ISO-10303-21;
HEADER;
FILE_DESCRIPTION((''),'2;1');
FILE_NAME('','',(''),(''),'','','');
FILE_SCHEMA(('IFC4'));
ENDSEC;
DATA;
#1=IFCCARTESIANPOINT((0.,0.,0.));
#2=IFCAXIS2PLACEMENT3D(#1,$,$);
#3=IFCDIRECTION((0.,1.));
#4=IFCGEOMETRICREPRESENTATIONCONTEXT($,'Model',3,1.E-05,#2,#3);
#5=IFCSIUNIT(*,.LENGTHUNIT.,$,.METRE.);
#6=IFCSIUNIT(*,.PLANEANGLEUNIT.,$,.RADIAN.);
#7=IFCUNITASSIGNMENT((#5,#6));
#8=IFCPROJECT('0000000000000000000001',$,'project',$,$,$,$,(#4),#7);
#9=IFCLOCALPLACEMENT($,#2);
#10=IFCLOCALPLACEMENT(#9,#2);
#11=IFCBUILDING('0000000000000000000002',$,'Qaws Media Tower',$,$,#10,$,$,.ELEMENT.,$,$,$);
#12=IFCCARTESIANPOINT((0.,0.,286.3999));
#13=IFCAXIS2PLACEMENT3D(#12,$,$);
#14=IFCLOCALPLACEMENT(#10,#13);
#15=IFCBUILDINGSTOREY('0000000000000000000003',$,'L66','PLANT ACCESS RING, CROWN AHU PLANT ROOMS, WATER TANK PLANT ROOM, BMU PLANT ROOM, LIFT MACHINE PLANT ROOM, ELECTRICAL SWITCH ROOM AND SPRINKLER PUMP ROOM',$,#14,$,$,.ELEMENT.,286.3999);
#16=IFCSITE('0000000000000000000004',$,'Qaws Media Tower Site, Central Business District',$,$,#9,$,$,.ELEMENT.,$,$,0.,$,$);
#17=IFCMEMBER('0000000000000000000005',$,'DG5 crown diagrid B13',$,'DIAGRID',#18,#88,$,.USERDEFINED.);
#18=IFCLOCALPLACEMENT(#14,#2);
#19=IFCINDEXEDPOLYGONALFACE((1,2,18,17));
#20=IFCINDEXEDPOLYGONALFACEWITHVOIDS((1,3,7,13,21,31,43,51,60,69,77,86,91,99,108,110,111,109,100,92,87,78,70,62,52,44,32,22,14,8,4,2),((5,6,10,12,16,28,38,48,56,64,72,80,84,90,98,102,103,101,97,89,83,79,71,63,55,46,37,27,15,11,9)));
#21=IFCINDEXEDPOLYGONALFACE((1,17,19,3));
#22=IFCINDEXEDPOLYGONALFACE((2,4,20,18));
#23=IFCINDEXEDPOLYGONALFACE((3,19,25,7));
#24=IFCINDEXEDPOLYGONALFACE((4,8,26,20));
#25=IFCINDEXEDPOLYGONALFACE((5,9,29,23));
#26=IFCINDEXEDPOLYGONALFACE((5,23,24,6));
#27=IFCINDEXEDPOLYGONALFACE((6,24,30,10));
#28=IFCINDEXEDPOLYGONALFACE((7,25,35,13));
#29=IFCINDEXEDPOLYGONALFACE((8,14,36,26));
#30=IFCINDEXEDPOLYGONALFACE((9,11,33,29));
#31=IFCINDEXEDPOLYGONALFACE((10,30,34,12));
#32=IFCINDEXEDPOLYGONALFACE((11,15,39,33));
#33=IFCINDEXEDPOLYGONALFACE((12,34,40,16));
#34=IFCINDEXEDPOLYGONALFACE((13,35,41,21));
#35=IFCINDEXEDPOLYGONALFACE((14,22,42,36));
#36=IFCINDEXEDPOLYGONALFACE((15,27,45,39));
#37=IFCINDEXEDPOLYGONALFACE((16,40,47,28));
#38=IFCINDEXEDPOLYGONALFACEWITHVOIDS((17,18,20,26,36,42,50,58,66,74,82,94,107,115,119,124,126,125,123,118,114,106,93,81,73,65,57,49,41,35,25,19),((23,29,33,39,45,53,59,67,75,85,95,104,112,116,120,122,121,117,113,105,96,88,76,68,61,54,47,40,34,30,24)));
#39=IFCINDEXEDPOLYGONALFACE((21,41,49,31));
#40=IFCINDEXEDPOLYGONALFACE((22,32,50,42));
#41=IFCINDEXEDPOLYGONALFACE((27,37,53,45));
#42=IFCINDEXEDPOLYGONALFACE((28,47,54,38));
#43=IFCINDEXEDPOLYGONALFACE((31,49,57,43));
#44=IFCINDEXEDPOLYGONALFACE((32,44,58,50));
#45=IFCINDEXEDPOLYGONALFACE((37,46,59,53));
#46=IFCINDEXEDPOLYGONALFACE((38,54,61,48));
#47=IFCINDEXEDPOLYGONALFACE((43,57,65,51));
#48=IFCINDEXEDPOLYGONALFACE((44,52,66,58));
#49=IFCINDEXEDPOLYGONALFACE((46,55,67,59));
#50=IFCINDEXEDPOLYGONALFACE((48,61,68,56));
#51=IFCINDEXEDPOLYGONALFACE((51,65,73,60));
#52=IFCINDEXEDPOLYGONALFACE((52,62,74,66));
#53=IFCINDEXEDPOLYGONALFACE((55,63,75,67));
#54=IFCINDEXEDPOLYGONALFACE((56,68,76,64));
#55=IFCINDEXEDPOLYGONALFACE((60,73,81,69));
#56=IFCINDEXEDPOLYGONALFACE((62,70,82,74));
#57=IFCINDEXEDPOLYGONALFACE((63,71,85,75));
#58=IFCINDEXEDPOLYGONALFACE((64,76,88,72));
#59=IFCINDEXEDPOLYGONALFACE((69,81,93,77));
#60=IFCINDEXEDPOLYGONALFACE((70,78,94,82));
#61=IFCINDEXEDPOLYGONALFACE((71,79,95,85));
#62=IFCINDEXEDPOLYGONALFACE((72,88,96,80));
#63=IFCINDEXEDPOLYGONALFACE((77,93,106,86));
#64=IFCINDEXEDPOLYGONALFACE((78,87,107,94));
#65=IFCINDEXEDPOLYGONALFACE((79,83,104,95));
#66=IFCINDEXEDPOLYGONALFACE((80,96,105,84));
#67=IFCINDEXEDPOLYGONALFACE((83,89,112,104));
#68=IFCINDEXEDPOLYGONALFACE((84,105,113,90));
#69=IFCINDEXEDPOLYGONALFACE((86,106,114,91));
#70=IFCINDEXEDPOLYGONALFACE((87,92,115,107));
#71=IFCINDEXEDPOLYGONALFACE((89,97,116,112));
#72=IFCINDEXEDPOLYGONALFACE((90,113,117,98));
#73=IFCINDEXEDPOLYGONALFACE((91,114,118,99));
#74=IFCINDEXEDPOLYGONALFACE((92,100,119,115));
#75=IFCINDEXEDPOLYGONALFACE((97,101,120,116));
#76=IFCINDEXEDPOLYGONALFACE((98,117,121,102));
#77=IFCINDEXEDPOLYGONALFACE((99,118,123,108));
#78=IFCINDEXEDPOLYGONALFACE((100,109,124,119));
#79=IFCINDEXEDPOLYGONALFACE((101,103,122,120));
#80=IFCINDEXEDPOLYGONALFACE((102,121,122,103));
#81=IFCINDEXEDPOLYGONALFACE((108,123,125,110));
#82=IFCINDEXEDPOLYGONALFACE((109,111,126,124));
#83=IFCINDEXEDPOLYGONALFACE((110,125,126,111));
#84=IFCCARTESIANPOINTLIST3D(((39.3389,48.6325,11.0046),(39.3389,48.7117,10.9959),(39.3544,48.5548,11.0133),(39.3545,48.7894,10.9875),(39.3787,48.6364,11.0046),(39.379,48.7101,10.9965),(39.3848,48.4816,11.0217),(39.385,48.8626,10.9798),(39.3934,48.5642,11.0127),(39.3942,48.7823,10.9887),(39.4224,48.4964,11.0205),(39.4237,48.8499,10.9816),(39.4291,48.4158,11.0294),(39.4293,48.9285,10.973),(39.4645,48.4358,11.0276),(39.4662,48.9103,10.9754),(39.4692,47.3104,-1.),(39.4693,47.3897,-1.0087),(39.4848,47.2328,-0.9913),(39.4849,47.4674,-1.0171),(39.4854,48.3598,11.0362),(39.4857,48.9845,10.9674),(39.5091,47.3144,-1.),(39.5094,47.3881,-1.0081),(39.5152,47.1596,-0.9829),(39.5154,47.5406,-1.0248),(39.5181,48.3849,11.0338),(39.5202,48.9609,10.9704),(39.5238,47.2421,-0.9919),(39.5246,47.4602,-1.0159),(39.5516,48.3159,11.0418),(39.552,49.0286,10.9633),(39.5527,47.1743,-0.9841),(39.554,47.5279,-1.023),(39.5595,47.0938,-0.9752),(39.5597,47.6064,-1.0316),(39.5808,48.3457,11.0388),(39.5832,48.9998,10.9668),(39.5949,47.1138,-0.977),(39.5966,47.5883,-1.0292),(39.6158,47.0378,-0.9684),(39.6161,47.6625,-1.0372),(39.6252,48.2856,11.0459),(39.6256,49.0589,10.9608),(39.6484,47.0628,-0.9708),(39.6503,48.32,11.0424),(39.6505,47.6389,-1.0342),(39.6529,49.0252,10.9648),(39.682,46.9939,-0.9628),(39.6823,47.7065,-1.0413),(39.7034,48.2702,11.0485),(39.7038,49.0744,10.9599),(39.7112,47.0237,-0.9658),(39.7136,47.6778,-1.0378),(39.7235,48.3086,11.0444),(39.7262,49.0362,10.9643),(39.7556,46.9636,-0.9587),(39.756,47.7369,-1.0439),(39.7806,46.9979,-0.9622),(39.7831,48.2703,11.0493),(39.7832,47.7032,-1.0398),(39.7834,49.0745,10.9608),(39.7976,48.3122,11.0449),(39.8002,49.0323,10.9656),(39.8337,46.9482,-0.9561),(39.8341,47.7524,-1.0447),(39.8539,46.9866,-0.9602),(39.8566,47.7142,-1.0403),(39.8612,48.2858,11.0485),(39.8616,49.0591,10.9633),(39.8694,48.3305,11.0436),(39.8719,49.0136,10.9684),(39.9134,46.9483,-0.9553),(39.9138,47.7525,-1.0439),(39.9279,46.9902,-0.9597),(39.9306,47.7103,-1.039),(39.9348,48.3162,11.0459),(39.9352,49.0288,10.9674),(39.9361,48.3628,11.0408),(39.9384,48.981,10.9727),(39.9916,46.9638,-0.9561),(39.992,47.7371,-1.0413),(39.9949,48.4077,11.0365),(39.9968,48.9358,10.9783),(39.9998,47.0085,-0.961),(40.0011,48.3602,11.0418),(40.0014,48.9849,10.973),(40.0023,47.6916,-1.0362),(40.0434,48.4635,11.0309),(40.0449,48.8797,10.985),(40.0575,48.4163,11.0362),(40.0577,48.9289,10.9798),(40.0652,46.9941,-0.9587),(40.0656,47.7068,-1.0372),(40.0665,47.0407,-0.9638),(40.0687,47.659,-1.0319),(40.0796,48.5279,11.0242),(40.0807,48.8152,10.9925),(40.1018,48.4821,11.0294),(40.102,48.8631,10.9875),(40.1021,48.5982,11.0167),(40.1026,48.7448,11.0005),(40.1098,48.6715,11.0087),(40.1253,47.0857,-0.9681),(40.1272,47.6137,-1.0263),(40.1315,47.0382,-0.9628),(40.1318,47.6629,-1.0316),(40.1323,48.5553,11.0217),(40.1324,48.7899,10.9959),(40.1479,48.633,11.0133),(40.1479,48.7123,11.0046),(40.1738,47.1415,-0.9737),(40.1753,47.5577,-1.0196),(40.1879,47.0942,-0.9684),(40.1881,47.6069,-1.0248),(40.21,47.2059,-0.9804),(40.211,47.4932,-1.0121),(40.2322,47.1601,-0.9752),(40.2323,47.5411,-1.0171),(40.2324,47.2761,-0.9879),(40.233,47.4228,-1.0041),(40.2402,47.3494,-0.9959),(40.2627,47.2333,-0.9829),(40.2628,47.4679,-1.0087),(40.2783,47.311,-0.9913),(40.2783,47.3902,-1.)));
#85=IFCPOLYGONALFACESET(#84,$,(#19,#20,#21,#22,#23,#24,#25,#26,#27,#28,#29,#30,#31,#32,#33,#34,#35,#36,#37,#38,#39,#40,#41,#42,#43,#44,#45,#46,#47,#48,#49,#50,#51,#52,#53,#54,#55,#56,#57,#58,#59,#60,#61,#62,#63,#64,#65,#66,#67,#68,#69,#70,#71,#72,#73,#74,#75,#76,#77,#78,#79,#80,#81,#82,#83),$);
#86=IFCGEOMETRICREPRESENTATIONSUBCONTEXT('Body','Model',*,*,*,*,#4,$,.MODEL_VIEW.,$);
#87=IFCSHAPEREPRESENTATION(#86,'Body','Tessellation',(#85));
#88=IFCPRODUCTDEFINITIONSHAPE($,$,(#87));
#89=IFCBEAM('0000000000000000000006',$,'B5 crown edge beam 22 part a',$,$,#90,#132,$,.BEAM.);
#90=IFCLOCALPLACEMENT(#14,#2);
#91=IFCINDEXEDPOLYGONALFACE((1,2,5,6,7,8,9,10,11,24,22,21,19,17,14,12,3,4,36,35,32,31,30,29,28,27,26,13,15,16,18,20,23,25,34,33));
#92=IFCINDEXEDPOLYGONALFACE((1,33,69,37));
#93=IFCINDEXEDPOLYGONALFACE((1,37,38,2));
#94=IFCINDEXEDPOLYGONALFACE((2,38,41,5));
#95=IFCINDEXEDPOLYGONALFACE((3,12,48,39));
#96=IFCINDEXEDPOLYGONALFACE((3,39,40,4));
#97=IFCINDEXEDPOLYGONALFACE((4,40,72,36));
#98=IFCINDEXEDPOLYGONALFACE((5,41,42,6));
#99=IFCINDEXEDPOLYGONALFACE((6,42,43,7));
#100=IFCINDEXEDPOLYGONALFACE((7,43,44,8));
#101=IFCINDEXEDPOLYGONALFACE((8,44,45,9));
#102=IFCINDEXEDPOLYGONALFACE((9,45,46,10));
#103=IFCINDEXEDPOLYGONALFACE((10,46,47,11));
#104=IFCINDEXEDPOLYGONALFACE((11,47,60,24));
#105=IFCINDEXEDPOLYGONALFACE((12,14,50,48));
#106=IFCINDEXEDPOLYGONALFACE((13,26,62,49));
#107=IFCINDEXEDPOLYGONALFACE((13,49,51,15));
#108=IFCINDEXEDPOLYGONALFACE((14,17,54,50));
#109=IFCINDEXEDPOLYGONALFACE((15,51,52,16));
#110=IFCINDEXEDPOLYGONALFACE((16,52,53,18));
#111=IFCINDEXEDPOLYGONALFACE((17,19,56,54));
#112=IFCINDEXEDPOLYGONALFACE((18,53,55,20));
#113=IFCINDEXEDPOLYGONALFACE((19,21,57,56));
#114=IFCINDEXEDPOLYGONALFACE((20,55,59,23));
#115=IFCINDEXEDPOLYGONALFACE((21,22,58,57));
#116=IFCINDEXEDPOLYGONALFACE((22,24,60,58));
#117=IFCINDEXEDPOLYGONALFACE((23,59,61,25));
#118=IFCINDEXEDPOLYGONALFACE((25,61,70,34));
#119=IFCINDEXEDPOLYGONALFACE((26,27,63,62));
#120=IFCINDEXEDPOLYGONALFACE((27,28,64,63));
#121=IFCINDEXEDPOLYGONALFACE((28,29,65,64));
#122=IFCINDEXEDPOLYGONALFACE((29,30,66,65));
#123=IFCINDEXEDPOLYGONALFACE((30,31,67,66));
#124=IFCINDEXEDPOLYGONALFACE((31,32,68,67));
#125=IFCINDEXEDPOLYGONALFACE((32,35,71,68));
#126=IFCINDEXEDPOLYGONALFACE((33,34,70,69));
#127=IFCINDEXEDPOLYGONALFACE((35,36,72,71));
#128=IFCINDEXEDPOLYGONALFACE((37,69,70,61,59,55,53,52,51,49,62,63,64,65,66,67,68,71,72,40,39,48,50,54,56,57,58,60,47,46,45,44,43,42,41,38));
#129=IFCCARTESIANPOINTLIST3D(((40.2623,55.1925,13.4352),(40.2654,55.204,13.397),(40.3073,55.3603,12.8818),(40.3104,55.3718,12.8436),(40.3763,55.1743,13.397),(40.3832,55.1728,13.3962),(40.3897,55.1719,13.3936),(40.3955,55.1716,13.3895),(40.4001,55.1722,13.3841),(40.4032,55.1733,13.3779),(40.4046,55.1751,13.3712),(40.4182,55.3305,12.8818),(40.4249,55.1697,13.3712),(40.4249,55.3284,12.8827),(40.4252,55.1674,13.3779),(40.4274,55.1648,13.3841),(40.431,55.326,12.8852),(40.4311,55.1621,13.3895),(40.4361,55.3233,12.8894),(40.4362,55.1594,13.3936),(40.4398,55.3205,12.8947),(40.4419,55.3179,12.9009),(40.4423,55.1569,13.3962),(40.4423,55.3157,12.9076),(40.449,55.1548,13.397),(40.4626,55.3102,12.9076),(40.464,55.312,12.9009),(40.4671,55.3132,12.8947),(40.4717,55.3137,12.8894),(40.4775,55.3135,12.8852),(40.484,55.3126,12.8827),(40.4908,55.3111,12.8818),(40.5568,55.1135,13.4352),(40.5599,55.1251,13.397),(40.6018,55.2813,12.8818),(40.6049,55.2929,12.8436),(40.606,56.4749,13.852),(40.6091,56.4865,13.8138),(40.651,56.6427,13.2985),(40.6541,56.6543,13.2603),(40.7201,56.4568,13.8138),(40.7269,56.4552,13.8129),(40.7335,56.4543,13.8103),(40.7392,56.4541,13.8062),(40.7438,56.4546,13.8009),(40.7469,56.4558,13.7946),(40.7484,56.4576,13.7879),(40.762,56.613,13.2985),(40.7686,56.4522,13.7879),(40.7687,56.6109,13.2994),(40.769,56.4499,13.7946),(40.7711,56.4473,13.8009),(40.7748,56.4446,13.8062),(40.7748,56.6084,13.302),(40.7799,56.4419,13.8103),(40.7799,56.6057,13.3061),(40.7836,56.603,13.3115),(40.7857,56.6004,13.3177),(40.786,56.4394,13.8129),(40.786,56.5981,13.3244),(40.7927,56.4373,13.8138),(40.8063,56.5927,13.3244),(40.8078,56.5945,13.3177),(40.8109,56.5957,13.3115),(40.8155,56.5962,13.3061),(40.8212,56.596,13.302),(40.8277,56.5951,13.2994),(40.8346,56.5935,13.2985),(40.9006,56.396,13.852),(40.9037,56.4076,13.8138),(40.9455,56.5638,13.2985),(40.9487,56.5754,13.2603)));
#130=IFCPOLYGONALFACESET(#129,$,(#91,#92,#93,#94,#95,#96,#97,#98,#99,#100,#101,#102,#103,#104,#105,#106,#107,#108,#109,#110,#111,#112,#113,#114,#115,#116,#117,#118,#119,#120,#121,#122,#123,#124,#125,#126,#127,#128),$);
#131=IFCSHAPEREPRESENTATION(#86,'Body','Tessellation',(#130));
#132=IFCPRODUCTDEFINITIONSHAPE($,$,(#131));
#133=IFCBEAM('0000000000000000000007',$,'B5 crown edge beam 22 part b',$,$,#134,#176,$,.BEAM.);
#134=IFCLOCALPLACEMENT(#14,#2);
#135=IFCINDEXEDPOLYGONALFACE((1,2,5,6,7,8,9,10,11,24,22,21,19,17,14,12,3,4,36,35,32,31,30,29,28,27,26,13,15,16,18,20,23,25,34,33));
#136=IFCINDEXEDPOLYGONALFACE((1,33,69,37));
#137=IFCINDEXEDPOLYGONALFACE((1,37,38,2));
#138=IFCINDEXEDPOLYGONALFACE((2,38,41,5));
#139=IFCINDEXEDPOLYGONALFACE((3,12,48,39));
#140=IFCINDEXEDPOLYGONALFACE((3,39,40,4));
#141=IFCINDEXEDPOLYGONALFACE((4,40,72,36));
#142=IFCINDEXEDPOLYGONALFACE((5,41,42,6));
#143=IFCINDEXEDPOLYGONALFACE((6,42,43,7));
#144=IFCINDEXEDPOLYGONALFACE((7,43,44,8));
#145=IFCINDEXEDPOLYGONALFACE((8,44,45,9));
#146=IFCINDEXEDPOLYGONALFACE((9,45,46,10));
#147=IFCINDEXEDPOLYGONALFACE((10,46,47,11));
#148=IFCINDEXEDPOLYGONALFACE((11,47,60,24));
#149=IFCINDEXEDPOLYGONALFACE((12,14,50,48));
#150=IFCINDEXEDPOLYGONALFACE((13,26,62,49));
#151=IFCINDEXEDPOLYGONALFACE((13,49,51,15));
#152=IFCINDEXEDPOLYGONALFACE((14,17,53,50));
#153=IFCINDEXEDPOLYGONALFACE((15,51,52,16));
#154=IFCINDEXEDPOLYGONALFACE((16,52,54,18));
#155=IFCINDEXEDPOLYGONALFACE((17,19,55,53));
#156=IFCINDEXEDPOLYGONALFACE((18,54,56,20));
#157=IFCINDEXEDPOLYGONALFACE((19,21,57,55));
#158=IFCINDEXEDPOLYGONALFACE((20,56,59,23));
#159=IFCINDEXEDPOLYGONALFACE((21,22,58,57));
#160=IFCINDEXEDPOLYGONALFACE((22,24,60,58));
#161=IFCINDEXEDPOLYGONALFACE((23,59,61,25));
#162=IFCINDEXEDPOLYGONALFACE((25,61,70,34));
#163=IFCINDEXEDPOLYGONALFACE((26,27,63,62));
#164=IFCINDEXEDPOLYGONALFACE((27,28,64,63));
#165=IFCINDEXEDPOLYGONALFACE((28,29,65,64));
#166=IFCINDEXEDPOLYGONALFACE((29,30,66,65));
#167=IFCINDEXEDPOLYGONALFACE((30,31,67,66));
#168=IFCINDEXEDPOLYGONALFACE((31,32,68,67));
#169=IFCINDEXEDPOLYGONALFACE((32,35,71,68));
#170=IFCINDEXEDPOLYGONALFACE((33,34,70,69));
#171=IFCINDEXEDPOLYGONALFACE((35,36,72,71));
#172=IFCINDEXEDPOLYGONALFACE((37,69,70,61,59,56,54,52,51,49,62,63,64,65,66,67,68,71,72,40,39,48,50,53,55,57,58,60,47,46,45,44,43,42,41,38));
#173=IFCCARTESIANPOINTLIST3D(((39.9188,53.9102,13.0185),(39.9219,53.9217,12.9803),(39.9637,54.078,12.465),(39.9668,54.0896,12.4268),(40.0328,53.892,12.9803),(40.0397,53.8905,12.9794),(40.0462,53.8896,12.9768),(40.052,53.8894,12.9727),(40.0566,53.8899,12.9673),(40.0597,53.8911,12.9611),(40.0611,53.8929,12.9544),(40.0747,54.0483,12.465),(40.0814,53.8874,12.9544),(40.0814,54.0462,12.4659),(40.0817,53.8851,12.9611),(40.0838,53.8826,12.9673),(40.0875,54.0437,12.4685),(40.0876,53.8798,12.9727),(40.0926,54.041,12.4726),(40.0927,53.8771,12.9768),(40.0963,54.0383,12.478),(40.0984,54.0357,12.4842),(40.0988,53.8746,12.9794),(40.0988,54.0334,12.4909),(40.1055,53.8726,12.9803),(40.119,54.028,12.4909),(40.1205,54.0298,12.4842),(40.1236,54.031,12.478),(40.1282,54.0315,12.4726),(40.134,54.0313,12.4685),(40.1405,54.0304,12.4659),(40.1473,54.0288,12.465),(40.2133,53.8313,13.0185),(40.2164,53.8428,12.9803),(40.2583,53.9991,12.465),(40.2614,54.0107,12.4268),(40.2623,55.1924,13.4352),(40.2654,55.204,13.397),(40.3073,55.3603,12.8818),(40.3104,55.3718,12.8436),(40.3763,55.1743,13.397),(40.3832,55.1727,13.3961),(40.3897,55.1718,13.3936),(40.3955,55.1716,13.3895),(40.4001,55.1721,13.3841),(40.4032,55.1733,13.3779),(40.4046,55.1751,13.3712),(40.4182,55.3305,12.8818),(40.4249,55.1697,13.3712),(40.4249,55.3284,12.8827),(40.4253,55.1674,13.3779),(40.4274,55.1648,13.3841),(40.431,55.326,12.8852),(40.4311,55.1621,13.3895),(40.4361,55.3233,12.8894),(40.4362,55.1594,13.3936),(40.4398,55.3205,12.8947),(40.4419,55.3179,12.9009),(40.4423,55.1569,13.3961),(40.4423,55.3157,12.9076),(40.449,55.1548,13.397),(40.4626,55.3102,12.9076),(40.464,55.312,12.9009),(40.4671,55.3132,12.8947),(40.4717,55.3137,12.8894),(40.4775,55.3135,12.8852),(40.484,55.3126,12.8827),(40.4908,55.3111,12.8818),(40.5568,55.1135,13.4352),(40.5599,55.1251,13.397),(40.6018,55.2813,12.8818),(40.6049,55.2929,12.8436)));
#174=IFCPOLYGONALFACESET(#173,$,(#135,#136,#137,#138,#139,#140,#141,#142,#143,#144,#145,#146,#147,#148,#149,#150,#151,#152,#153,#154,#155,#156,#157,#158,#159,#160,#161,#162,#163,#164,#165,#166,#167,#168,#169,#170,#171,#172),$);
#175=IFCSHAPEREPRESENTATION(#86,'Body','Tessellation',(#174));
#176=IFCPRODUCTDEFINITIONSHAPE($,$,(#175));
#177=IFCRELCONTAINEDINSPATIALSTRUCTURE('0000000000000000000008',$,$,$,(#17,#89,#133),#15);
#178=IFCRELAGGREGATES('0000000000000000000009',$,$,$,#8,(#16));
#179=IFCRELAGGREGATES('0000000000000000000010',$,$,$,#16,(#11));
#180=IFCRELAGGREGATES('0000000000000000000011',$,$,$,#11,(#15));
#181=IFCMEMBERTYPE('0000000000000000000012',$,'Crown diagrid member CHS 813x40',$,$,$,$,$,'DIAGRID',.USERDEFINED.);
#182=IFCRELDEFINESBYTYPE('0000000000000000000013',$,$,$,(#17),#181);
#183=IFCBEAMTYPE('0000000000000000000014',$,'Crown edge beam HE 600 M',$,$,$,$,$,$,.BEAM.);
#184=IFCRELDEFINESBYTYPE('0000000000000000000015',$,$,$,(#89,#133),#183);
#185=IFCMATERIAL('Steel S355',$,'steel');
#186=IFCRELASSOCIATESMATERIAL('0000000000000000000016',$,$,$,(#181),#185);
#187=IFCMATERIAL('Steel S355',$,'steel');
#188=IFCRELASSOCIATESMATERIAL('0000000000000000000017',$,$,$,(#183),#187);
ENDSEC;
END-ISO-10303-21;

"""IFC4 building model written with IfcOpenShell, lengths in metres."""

from ifc_helpers import new_model, si_unit, direction, frame, origin, origin_2d, place, context, subcontext, project, spatial, hollow_circle, i_section, extrude, material, material_profile, profile_set, type_object, element, save


model = new_model("IFC4")

# Units and contexts
model_context = context("Model", 3, precision=1e-05, world=origin(), true_north=direction((0.0, 1.0)))
body_context = subcontext(model_context, "Body", "Model", "MODEL_VIEW")
ifc_project = project(units=[si_unit("LENGTHUNIT", "METRE"), si_unit("PLANEANGLEUNIT", "RADIAN")], contexts=[model_context])

# Site, building, storey
site_placement = place(None, origin())
site = spatial("IfcSite", under=ifc_project, at=site_placement, Name="Qaws Media Tower Site, Central Business District", CompositionType="ELEMENT", RefElevation=0.0)
building_placement = place(site_placement, origin())
building = spatial("IfcBuilding", under=site, at=building_placement, Name="Qaws Media Tower", CompositionType="ELEMENT")
storey_placement = place(building_placement, frame((0.0, 0.0, 286.3999)))
storey = spatial("IfcBuildingStorey", under=building, at=storey_placement, Name="L66", Description="PLANT ACCESS RING, CROWN AHU PLANT ROOMS, WATER TANK PLANT ROOM, BMU PLANT ROOM, LIFT MACHINE PLANT ROOM, ELECTRICAL SWITCH ROOM AND SPRINKLER PUMP ROOM", CompositionType="ELEMENT", Elevation=286.3999)

# Member
ifc_material_1 = material(Name="Steel S355", Category="steel")
ifc_material_profile_1 = material_profile(ifc_material_1, hollow_circle(Radius=0.4065, WallThickness=0.04, at=origin_2d()), Name="CHS 813x40")
ifc_profile_set_1 = profile_set([ifc_material_profile_1], Name="Steel S355")
member_type_1 = type_object("IfcMemberType", Name="Crown diagrid member CHS 813x40", ElementType="DIAGRID", PredefinedType="USERDEFINED", material=ifc_profile_set_1)
member_1_placement = place(storey_placement, frame((39.8738, 47.3503, -1.0), z_axis=(-0.010794, 0.109458, 0.993933), x_axis=(-0.995173, -0.098139, 0.0)))
element("IfcMember", 1, at=member_1_placement, inside=storey, type_object=member_type_1, Name="DG5 crown diagrid B13", ObjectType="DIAGRID", PredefinedType="USERDEFINED", context=body_context, shape_type="SweptSolid", body=[
    extrude(hollow_circle(Radius=0.4065, WallThickness=0.04, at=origin_2d()), origin(), (0.0, 0.0, 1.0), 12.0779),
])

# Beams
ifc_material_2 = material(Name="Steel S355", Category="steel")
ifc_material_profile_2 = material_profile(ifc_material_2, i_section(OverallWidth=0.3049, OverallDepth=0.6201, WebThickness=0.021, FlangeThickness=0.04, FilletRadius=0.0271, at=origin_2d()), Name="HE 600 M")
ifc_profile_set_2 = profile_set([ifc_material_profile_2], Name="Steel S355")
beam_type_1 = type_object("IfcBeamType", Name="Crown edge beam HE 600 M", PredefinedType="BEAM", material=ifc_profile_set_2)
beam_1_placement = place(storey_placement, frame((40.7773, 56.5251, 13.5562), z_axis=(-0.247016, -0.921574, -0.299472), x_axis=(0.965905, -0.258898, 0.0)))
element("IfcBeam", 2, at=beam_1_placement, inside=storey, type_object=beam_type_1, Name="B5 crown edge beam 22 part a", PredefinedType="BEAM", context=body_context, shape_type="SweptSolid", body=[
    extrude(i_section(OverallWidth=0.3049, OverallDepth=0.6201, WebThickness=0.021, FlangeThickness=0.04, FilletRadius=0.0271, at=origin_2d()), origin(), (0.0, 0.0, 1.0), 1.3916),
])
beam_2_placement = place(storey_placement, frame((40.4336, 55.2427, 13.1394), z_axis=(-0.246891, -0.921588, -0.299534), x_axis=(0.965938, -0.258773, 0.0)))
element("IfcBeam", 3, at=beam_2_placement, inside=storey, type_object=beam_type_1, Name="B5 crown edge beam 22 part b", PredefinedType="BEAM", context=body_context, shape_type="SweptSolid", body=[
    extrude(i_section(OverallWidth=0.3049, OverallDepth=0.6201, WebThickness=0.021, FlangeThickness=0.04, FilletRadius=0.0271, at=origin_2d()), origin(), (0.0, 0.0, 1.0), 1.3914),
])

save(model, "model.ifc")
